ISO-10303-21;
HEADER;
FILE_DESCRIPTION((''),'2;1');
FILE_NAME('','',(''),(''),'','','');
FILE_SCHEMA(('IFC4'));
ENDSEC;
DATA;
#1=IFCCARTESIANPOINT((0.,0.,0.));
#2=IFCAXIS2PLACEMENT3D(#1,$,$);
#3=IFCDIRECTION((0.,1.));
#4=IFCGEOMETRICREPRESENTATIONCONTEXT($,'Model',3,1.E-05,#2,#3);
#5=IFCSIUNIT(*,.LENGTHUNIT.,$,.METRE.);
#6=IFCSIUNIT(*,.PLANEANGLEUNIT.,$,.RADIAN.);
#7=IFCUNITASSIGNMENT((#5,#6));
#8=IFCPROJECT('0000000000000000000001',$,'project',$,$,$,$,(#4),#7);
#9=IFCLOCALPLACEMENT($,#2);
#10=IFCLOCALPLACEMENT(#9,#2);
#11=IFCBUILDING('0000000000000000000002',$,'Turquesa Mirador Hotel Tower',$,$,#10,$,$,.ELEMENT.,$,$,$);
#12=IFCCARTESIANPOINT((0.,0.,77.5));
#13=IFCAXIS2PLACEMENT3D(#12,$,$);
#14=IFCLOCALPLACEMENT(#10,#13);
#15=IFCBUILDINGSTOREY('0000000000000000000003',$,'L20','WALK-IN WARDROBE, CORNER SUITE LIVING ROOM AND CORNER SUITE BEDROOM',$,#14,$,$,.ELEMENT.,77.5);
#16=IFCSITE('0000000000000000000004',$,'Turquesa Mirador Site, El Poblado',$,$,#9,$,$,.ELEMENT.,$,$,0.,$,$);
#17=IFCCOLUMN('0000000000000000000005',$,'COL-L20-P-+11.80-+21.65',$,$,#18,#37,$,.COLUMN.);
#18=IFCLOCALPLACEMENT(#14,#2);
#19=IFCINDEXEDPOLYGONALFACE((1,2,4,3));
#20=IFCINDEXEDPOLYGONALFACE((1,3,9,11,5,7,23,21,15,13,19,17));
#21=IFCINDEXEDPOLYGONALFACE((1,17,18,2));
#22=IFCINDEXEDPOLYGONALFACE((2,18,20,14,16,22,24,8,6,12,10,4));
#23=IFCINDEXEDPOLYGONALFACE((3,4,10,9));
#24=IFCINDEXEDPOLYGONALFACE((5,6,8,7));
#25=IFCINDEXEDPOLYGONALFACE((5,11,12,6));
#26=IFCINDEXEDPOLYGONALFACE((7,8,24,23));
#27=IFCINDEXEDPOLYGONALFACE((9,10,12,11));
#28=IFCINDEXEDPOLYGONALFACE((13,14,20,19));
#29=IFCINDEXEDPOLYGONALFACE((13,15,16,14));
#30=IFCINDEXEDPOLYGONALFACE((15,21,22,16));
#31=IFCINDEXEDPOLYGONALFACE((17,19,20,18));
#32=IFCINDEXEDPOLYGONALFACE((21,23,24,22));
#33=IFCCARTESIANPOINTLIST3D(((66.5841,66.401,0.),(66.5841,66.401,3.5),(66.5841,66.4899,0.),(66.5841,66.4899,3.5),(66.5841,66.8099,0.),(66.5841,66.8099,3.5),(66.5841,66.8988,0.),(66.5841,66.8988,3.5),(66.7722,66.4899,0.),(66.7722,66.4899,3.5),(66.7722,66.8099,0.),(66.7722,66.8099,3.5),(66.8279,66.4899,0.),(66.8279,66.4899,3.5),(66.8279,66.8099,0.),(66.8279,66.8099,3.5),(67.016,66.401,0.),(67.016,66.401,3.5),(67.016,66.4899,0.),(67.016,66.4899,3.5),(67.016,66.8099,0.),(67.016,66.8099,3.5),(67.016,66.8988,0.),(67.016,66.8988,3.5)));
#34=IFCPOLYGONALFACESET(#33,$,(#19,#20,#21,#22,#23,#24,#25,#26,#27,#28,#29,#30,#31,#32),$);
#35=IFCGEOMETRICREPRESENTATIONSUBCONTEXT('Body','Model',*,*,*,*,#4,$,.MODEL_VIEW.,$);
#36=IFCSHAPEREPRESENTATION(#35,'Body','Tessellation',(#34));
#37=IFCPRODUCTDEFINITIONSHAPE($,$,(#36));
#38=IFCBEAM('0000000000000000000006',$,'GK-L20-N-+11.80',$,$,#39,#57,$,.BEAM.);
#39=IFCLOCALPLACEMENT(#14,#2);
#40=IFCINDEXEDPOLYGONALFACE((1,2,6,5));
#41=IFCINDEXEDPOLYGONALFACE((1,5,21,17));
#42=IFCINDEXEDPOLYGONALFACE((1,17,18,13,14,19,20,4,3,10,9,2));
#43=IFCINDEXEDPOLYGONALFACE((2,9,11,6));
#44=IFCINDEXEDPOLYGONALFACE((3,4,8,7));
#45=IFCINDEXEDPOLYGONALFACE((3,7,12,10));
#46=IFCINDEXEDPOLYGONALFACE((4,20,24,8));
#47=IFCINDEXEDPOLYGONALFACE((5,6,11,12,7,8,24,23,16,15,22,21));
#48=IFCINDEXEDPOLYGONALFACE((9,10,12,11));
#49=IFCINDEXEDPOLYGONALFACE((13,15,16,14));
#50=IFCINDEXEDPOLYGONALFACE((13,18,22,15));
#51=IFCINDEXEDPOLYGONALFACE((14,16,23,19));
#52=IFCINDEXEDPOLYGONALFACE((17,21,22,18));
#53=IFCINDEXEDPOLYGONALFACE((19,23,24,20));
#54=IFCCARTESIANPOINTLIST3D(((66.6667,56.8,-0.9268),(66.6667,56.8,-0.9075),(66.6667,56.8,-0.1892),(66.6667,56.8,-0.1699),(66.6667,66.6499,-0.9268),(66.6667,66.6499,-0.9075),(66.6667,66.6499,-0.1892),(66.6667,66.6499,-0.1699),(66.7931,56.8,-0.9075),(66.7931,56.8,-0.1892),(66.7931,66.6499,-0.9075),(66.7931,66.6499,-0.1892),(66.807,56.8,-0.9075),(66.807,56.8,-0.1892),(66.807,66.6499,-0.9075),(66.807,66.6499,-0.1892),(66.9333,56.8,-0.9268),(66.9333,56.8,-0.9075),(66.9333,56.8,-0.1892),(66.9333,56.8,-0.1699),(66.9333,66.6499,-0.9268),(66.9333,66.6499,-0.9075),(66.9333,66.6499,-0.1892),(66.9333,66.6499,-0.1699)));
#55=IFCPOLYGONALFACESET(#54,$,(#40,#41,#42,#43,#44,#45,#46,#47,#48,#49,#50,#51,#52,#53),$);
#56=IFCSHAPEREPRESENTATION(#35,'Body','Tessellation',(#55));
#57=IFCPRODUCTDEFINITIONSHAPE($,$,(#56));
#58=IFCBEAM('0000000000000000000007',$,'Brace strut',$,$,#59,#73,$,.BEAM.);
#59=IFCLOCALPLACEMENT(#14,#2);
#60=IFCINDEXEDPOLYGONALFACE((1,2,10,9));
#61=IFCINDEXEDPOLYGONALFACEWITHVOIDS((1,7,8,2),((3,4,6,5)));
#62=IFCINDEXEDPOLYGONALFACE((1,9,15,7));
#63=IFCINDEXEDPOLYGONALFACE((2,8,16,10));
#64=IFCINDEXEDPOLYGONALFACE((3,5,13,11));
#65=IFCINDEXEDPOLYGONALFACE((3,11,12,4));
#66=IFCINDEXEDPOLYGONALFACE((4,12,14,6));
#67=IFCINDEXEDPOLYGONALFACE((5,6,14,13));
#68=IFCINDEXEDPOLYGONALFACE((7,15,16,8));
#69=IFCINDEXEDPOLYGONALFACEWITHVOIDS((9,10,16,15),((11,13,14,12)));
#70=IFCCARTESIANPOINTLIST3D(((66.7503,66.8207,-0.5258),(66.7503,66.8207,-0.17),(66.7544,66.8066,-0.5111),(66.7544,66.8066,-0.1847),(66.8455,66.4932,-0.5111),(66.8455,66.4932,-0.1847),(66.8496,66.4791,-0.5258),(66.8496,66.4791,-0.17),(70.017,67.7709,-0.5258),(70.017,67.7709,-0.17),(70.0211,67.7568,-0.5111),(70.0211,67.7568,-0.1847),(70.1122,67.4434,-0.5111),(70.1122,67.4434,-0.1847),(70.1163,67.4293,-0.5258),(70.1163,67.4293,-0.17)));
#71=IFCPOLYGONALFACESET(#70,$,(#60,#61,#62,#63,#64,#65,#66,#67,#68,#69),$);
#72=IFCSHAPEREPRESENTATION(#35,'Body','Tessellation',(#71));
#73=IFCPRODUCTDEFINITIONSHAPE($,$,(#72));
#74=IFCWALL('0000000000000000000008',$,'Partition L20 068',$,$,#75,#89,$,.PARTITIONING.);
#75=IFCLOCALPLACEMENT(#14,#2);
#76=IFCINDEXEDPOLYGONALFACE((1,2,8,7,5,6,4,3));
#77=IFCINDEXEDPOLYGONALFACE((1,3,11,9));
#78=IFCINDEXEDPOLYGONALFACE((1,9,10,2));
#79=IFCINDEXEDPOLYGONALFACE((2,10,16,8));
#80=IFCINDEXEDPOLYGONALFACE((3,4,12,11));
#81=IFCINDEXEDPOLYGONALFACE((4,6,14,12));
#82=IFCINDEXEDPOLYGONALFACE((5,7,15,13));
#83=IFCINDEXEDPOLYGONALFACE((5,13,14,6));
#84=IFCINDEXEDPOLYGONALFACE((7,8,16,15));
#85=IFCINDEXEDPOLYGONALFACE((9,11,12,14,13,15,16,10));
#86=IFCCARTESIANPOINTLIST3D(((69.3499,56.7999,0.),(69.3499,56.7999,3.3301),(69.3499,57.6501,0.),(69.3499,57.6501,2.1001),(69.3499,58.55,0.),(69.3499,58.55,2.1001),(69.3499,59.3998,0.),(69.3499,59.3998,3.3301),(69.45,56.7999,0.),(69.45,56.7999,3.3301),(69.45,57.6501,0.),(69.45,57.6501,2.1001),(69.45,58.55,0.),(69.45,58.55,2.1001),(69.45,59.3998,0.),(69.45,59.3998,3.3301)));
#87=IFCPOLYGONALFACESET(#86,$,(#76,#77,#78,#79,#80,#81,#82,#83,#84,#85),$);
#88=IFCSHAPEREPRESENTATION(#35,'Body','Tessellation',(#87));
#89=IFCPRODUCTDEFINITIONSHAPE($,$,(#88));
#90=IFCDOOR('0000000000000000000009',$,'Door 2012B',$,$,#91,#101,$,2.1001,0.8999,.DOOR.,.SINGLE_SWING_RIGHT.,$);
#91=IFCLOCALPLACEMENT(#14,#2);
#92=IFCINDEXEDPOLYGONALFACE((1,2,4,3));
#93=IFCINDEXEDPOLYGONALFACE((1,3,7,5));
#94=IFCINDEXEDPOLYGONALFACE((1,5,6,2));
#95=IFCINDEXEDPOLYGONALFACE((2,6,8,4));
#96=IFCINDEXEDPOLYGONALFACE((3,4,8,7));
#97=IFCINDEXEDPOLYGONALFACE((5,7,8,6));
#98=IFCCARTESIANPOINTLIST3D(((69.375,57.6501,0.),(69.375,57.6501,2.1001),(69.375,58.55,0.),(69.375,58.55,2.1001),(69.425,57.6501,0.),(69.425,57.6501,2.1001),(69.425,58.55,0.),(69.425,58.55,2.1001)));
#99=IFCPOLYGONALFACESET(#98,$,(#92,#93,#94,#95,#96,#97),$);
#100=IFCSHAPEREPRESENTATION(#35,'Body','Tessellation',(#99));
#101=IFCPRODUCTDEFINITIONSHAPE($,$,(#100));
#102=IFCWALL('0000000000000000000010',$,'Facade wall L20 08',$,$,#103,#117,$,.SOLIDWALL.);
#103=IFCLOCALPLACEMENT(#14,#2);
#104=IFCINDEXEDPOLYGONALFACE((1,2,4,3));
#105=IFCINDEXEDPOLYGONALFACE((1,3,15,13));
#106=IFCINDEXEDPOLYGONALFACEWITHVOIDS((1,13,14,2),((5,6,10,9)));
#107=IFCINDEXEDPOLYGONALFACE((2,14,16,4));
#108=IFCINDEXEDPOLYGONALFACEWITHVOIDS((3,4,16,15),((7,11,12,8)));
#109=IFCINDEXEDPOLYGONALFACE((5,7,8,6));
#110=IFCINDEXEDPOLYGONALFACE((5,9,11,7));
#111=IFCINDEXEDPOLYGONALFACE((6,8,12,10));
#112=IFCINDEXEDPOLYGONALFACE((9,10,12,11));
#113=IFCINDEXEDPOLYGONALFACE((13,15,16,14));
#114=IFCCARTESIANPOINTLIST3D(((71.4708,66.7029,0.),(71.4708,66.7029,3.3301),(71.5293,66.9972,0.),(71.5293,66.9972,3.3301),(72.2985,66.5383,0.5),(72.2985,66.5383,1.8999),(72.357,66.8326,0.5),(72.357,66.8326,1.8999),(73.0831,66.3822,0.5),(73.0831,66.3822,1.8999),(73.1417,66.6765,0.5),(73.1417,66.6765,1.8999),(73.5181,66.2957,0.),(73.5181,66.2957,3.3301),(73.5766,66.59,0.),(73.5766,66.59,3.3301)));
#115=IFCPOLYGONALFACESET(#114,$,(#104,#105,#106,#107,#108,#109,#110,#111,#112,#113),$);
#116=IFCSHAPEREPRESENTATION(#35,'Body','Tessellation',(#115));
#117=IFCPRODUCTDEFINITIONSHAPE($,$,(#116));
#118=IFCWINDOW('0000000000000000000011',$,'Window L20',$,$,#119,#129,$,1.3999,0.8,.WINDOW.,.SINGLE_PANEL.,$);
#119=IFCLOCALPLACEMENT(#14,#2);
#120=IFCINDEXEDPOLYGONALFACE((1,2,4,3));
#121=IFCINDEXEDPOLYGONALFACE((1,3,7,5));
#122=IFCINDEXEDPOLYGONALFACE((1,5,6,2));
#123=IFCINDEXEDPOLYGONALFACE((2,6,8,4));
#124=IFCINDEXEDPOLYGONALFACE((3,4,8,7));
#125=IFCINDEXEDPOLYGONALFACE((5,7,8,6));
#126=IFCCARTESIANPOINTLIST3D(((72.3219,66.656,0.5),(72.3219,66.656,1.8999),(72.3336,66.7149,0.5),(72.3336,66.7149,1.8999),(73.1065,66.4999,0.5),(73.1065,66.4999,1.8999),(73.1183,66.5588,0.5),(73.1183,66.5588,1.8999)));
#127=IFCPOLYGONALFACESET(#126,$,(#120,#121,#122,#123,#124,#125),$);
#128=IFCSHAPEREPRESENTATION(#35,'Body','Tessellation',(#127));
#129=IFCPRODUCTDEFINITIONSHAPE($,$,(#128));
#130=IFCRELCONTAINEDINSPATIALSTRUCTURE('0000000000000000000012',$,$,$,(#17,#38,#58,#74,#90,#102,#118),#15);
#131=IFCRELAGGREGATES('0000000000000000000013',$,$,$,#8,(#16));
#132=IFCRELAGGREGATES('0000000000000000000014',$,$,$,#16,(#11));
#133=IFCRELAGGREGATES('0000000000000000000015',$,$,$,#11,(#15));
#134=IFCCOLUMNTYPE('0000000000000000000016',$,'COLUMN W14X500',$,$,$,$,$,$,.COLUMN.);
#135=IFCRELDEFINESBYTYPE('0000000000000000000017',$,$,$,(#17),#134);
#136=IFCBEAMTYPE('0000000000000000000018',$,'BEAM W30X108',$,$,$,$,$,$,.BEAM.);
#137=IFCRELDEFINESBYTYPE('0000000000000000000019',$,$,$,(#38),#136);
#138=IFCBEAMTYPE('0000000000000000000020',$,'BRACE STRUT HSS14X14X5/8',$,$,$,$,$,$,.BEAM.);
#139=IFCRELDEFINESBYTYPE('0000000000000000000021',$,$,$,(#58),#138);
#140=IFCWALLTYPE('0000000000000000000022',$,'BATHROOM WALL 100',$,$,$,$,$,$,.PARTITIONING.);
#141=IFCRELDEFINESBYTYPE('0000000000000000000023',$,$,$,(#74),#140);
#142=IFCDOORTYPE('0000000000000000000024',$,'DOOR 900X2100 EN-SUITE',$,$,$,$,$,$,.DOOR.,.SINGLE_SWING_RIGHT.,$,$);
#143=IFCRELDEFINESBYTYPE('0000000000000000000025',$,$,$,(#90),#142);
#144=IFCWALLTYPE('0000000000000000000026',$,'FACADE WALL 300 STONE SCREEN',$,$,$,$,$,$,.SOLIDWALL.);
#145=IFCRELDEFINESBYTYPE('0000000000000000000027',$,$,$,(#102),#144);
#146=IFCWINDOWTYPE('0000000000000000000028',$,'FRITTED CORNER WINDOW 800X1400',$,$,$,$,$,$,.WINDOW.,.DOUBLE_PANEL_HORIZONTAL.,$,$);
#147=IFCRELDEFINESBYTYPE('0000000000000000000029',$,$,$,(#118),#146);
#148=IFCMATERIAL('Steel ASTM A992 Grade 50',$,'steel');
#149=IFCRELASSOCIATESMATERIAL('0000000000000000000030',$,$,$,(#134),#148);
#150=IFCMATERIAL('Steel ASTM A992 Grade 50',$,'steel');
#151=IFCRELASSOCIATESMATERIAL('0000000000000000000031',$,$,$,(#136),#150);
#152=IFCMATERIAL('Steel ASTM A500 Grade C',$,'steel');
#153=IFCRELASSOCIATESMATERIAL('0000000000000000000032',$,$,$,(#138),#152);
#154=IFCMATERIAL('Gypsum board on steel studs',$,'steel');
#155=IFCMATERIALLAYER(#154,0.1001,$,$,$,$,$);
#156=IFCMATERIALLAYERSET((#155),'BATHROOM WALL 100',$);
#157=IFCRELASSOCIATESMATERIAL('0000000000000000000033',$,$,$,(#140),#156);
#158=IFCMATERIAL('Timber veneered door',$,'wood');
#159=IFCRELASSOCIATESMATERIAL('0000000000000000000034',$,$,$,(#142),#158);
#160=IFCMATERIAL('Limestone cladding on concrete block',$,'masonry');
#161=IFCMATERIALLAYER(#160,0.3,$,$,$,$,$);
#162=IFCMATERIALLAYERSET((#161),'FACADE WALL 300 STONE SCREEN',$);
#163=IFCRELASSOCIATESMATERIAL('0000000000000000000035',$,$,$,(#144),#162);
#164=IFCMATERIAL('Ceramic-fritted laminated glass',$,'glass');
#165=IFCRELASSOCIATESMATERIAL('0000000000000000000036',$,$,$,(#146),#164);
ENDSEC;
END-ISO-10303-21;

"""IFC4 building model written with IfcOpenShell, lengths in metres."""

from ifc_helpers import new_model, si_unit, direction, frame, frame_2d, origin, origin_2d, place, context, subcontext, project, spatial, rectangle, hollow_rectangle, i_section, extrude, material, layer, layer_set, material_profile, profile_set, type_object, element, fill, save


model = new_model("IFC4")

# Units and contexts
model_context = context("Model", 3, precision=1e-05, world=origin(), true_north=direction((0.0, 1.0)))
body_context = subcontext(model_context, "Body", "Model", "MODEL_VIEW")
ifc_project = project(units=[si_unit("LENGTHUNIT", "METRE"), si_unit("PLANEANGLEUNIT", "RADIAN")], contexts=[model_context])

# Site, building, storey
site_placement = place(None, origin())
site = spatial("IfcSite", under=ifc_project, at=site_placement, Name="Turquesa Mirador Site, El Poblado", CompositionType="ELEMENT", RefElevation=0.0)
building_placement = place(site_placement, origin())
building = spatial("IfcBuilding", under=site, at=building_placement, Name="Turquesa Mirador Hotel Tower", CompositionType="ELEMENT")
storey_placement = place(building_placement, frame((0.0, 0.0, 77.5)))
storey = spatial("IfcBuildingStorey", under=building, at=storey_placement, Name="L20", Description="WALK-IN WARDROBE, CORNER SUITE LIVING ROOM AND CORNER SUITE BEDROOM", CompositionType="ELEMENT", Elevation=77.5)

# Column
ifc_material_1 = material(Name="Steel ASTM A992 Grade 50", Category="steel")
ifc_material_profile_1 = material_profile(ifc_material_1, i_section(OverallWidth=0.4319, OverallDepth=0.4978, WebThickness=0.0557, FlangeThickness=0.0889, at=origin_2d()), Name="W14X500")
ifc_profile_set_1 = profile_set([ifc_material_profile_1], Name="Steel ASTM A992 Grade 50")
column_type = type_object("IfcColumnType", Name="COLUMN W14X500", PredefinedType="COLUMN", material=ifc_profile_set_1)
column_placement = place(storey_placement, frame((66.8, 66.6499, 0.0), z_axis=(0.0, 0.0, 1.0), x_axis=(1.0, 0.0, 0.0)))
element("IfcColumn", 1, at=column_placement, inside=storey, type_object=column_type, Name="COL-L20-P-+11.80-+21.65", PredefinedType="COLUMN", context=body_context, shape_type="SweptSolid", body=[
    extrude(i_section(OverallWidth=0.4319, OverallDepth=0.4978, WebThickness=0.0557, FlangeThickness=0.0889, at=origin_2d()), origin(), (0.0, 0.0, 1.0), 3.5),
])

# Beams
ifc_material_2 = material(Name="Steel ASTM A992 Grade 50", Category="steel")
ifc_material_profile_2 = material_profile(ifc_material_2, i_section(OverallWidth=0.2666, OverallDepth=0.7568, WebThickness=0.0139, FlangeThickness=0.0193, at=origin_2d()), Name="W30X108")
ifc_profile_set_2 = profile_set([ifc_material_profile_2], Name="Steel ASTM A992 Grade 50")
beam_type_1 = type_object("IfcBeamType", Name="BEAM W30X108", PredefinedType="BEAM", material=ifc_profile_set_2)
beam_1_placement = place(storey_placement, frame((66.8, 66.6499, -0.5483), z_axis=(0.0, -1.0, 0.0), x_axis=(1.0, 0.0, 0.0)))
element("IfcBeam", 2, at=beam_1_placement, inside=storey, type_object=beam_type_1, Name="GK-L20-N-+11.80", PredefinedType="BEAM", context=body_context, shape_type="SweptSolid", body=[
    extrude(i_section(OverallWidth=0.2666, OverallDepth=0.7568, WebThickness=0.0139, FlangeThickness=0.0193, at=origin_2d()), origin(), (0.0, 0.0, 1.0), 9.8499),
])
ifc_material_3 = material(Name="Steel ASTM A500 Grade C", Category="steel")
ifc_material_profile_3 = material_profile(ifc_material_3, hollow_rectangle(XDim=0.3557, YDim=0.3557, WallThickness=0.0146, at=origin_2d()), Name="HSS14X14X5/8")
ifc_profile_set_3 = profile_set([ifc_material_profile_3], Name="Steel ASTM A500 Grade C")
beam_type_2 = type_object("IfcBeamType", Name="BRACE STRUT HSS14X14X5/8", PredefinedType="BEAM", material=ifc_profile_set_3)
beam_2_placement = place(storey_placement, frame((70.0667, 67.6001, -0.3479), z_axis=(-0.960202, -0.279305, 0.0), x_axis=(0.279305, -0.960202, 0.0)))
element("IfcBeam", 3, at=beam_2_placement, inside=storey, type_object=beam_type_2, Name="Brace strut", PredefinedType="BEAM", context=body_context, shape_type="SweptSolid", body=[
    extrude(hollow_rectangle(XDim=0.3557, YDim=0.3557, WallThickness=0.0146, at=origin_2d()), origin(), (0.0, 0.0, 1.0), 3.4021),
])

# Wall, opening, door
ifc_material_4 = material(Name="Gypsum board on steel studs", Category="steel")
ifc_layer_1 = layer(ifc_material_4, 0.1001)
ifc_layer_set_1 = layer_set([ifc_layer_1], Name="BATHROOM WALL 100")
wall_type_1 = type_object("IfcWallType", Name="BATHROOM WALL 100", PredefinedType="PARTITIONING", material=ifc_layer_set_1)
wall_1_placement = place(storey_placement, frame((69.3999, 56.8, 0.0), z_axis=(0.0, 0.0, 1.0), x_axis=(0.0, 1.0, 0.0)))
wall_1 = element("IfcWall", 4, at=wall_1_placement, inside=storey, type_object=wall_type_1, Name="Partition L20 068", PredefinedType="PARTITIONING", context=body_context, shape_type="SweptSolid", body=[
    extrude(rectangle(XDim=2.5999, YDim=0.1001, at=frame_2d((1.2998, 0.0))), origin(), (0.0, 0.0, 1.0), 3.3301),
])
opening_1_placement = place(wall_1_placement, frame((0.8501, 0.0, 0.0)))
opening_1 = element("IfcOpeningElement", 5, at=opening_1_placement, cuts=wall_1, PredefinedType="OPENING", context=body_context, shape_type="SweptSolid", body=[
    extrude(rectangle(XDim=0.8999, YDim=2.1001, at=frame_2d((0.45, 1.05))), frame((0.0, 0.0601, 0.0), z_axis=(0.0, -1.0, 0.0), x_axis=(1.0, 0.0, 0.0)), (0.0, 0.0, 1.0), 0.1201),
])
ifc_material_5 = material(Name="Timber veneered door", Category="wood")
door_type_1 = type_object("IfcDoorType", Name="DOOR 900X2100 EN-SUITE", OperationType="SINGLE_SWING_RIGHT", PredefinedType="DOOR", material=ifc_material_5)
door_1_placement = place(opening_1_placement, origin())
door_1 = element("IfcDoor", 6, at=door_1_placement, inside=storey, type_object=door_type_1, Name="Door 2012B", OperationType="SINGLE_SWING_RIGHT", OverallHeight=2.1001, OverallWidth=0.8999, PredefinedType="DOOR", context=body_context, shape_type="SweptSolid", body=[
    extrude(rectangle(XDim=0.8999, YDim=2.1001, at=frame_2d((0.45, 1.05))), frame((0.0, 0.0249, 0.0), z_axis=(0.0, -1.0, 0.0), x_axis=(1.0, 0.0, 0.0)), (0.0, 0.0, 1.0), 0.05),
])
fill(opening_1, door_1)

# Wall, opening, window
ifc_material_6 = material(Name="Limestone cladding on concrete block", Category="masonry")
ifc_layer_2 = layer(ifc_material_6, 0.3)
ifc_layer_set_2 = layer_set([ifc_layer_2], Name="FACADE WALL 300 STONE SCREEN")
wall_type_2 = type_object("IfcWallType", Name="FACADE WALL 300 STONE SCREEN", PredefinedType="SOLIDWALL", material=ifc_layer_set_2)
wall_2_placement = place(storey_placement, frame((73.5474, 66.4429, 0.0), z_axis=(0.0, 0.0, 1.0), x_axis=(-0.980787, 0.195081, 0.0)))
wall_2 = element("IfcWall", 7, at=wall_2_placement, inside=storey, type_object=wall_type_2, Name="Facade wall L20 08", PredefinedType="SOLIDWALL", context=body_context, shape_type="SweptSolid", body=[
    extrude(rectangle(XDim=2.0874, YDim=0.3, at=frame_2d((1.0437, 0.0))), origin(), (0.0, 0.0, 1.0), 3.3301),
])
opening_2_placement = place(wall_2_placement, frame((0.4436, 0.0, 0.5)))
opening_2 = element("IfcOpeningElement", 8, at=opening_2_placement, cuts=wall_2, PredefinedType="OPENING", context=body_context, shape_type="SweptSolid", body=[
    extrude(rectangle(XDim=0.8, YDim=1.3999, at=frame_2d((0.3999, 0.7))), frame((0.0, 0.1599, 0.0), z_axis=(0.0, -1.0, 0.0), x_axis=(1.0, 0.0, 0.0)), (0.0, 0.0, 1.0), 0.3201),
])
ifc_material_7 = material(Name="Ceramic-fritted laminated glass", Category="glass")
window_type_1 = type_object("IfcWindowType", Name="FRITTED CORNER WINDOW 800X1400", PartitioningType="DOUBLE_PANEL_HORIZONTAL", PredefinedType="WINDOW", material=ifc_material_7)
window_1_placement = place(opening_2_placement, origin())
window_1 = element("IfcWindow", 9, at=window_1_placement, inside=storey, type_object=window_type_1, Name="Window L20", OverallHeight=1.3999, OverallWidth=0.8, PartitioningType="SINGLE_PANEL", PredefinedType="WINDOW", context=body_context, shape_type="SweptSolid", body=[
    extrude(rectangle(XDim=0.8, YDim=1.3999, at=frame_2d((0.3999, 0.7))), frame((0.0, 0.03, 0.0), z_axis=(0.0, -1.0, 0.0), x_axis=(1.0, 0.0, 0.0)), (0.0, 0.0, 1.0), 0.0601),
])
fill(opening_2, window_1)

save(model, "model.ifc")
